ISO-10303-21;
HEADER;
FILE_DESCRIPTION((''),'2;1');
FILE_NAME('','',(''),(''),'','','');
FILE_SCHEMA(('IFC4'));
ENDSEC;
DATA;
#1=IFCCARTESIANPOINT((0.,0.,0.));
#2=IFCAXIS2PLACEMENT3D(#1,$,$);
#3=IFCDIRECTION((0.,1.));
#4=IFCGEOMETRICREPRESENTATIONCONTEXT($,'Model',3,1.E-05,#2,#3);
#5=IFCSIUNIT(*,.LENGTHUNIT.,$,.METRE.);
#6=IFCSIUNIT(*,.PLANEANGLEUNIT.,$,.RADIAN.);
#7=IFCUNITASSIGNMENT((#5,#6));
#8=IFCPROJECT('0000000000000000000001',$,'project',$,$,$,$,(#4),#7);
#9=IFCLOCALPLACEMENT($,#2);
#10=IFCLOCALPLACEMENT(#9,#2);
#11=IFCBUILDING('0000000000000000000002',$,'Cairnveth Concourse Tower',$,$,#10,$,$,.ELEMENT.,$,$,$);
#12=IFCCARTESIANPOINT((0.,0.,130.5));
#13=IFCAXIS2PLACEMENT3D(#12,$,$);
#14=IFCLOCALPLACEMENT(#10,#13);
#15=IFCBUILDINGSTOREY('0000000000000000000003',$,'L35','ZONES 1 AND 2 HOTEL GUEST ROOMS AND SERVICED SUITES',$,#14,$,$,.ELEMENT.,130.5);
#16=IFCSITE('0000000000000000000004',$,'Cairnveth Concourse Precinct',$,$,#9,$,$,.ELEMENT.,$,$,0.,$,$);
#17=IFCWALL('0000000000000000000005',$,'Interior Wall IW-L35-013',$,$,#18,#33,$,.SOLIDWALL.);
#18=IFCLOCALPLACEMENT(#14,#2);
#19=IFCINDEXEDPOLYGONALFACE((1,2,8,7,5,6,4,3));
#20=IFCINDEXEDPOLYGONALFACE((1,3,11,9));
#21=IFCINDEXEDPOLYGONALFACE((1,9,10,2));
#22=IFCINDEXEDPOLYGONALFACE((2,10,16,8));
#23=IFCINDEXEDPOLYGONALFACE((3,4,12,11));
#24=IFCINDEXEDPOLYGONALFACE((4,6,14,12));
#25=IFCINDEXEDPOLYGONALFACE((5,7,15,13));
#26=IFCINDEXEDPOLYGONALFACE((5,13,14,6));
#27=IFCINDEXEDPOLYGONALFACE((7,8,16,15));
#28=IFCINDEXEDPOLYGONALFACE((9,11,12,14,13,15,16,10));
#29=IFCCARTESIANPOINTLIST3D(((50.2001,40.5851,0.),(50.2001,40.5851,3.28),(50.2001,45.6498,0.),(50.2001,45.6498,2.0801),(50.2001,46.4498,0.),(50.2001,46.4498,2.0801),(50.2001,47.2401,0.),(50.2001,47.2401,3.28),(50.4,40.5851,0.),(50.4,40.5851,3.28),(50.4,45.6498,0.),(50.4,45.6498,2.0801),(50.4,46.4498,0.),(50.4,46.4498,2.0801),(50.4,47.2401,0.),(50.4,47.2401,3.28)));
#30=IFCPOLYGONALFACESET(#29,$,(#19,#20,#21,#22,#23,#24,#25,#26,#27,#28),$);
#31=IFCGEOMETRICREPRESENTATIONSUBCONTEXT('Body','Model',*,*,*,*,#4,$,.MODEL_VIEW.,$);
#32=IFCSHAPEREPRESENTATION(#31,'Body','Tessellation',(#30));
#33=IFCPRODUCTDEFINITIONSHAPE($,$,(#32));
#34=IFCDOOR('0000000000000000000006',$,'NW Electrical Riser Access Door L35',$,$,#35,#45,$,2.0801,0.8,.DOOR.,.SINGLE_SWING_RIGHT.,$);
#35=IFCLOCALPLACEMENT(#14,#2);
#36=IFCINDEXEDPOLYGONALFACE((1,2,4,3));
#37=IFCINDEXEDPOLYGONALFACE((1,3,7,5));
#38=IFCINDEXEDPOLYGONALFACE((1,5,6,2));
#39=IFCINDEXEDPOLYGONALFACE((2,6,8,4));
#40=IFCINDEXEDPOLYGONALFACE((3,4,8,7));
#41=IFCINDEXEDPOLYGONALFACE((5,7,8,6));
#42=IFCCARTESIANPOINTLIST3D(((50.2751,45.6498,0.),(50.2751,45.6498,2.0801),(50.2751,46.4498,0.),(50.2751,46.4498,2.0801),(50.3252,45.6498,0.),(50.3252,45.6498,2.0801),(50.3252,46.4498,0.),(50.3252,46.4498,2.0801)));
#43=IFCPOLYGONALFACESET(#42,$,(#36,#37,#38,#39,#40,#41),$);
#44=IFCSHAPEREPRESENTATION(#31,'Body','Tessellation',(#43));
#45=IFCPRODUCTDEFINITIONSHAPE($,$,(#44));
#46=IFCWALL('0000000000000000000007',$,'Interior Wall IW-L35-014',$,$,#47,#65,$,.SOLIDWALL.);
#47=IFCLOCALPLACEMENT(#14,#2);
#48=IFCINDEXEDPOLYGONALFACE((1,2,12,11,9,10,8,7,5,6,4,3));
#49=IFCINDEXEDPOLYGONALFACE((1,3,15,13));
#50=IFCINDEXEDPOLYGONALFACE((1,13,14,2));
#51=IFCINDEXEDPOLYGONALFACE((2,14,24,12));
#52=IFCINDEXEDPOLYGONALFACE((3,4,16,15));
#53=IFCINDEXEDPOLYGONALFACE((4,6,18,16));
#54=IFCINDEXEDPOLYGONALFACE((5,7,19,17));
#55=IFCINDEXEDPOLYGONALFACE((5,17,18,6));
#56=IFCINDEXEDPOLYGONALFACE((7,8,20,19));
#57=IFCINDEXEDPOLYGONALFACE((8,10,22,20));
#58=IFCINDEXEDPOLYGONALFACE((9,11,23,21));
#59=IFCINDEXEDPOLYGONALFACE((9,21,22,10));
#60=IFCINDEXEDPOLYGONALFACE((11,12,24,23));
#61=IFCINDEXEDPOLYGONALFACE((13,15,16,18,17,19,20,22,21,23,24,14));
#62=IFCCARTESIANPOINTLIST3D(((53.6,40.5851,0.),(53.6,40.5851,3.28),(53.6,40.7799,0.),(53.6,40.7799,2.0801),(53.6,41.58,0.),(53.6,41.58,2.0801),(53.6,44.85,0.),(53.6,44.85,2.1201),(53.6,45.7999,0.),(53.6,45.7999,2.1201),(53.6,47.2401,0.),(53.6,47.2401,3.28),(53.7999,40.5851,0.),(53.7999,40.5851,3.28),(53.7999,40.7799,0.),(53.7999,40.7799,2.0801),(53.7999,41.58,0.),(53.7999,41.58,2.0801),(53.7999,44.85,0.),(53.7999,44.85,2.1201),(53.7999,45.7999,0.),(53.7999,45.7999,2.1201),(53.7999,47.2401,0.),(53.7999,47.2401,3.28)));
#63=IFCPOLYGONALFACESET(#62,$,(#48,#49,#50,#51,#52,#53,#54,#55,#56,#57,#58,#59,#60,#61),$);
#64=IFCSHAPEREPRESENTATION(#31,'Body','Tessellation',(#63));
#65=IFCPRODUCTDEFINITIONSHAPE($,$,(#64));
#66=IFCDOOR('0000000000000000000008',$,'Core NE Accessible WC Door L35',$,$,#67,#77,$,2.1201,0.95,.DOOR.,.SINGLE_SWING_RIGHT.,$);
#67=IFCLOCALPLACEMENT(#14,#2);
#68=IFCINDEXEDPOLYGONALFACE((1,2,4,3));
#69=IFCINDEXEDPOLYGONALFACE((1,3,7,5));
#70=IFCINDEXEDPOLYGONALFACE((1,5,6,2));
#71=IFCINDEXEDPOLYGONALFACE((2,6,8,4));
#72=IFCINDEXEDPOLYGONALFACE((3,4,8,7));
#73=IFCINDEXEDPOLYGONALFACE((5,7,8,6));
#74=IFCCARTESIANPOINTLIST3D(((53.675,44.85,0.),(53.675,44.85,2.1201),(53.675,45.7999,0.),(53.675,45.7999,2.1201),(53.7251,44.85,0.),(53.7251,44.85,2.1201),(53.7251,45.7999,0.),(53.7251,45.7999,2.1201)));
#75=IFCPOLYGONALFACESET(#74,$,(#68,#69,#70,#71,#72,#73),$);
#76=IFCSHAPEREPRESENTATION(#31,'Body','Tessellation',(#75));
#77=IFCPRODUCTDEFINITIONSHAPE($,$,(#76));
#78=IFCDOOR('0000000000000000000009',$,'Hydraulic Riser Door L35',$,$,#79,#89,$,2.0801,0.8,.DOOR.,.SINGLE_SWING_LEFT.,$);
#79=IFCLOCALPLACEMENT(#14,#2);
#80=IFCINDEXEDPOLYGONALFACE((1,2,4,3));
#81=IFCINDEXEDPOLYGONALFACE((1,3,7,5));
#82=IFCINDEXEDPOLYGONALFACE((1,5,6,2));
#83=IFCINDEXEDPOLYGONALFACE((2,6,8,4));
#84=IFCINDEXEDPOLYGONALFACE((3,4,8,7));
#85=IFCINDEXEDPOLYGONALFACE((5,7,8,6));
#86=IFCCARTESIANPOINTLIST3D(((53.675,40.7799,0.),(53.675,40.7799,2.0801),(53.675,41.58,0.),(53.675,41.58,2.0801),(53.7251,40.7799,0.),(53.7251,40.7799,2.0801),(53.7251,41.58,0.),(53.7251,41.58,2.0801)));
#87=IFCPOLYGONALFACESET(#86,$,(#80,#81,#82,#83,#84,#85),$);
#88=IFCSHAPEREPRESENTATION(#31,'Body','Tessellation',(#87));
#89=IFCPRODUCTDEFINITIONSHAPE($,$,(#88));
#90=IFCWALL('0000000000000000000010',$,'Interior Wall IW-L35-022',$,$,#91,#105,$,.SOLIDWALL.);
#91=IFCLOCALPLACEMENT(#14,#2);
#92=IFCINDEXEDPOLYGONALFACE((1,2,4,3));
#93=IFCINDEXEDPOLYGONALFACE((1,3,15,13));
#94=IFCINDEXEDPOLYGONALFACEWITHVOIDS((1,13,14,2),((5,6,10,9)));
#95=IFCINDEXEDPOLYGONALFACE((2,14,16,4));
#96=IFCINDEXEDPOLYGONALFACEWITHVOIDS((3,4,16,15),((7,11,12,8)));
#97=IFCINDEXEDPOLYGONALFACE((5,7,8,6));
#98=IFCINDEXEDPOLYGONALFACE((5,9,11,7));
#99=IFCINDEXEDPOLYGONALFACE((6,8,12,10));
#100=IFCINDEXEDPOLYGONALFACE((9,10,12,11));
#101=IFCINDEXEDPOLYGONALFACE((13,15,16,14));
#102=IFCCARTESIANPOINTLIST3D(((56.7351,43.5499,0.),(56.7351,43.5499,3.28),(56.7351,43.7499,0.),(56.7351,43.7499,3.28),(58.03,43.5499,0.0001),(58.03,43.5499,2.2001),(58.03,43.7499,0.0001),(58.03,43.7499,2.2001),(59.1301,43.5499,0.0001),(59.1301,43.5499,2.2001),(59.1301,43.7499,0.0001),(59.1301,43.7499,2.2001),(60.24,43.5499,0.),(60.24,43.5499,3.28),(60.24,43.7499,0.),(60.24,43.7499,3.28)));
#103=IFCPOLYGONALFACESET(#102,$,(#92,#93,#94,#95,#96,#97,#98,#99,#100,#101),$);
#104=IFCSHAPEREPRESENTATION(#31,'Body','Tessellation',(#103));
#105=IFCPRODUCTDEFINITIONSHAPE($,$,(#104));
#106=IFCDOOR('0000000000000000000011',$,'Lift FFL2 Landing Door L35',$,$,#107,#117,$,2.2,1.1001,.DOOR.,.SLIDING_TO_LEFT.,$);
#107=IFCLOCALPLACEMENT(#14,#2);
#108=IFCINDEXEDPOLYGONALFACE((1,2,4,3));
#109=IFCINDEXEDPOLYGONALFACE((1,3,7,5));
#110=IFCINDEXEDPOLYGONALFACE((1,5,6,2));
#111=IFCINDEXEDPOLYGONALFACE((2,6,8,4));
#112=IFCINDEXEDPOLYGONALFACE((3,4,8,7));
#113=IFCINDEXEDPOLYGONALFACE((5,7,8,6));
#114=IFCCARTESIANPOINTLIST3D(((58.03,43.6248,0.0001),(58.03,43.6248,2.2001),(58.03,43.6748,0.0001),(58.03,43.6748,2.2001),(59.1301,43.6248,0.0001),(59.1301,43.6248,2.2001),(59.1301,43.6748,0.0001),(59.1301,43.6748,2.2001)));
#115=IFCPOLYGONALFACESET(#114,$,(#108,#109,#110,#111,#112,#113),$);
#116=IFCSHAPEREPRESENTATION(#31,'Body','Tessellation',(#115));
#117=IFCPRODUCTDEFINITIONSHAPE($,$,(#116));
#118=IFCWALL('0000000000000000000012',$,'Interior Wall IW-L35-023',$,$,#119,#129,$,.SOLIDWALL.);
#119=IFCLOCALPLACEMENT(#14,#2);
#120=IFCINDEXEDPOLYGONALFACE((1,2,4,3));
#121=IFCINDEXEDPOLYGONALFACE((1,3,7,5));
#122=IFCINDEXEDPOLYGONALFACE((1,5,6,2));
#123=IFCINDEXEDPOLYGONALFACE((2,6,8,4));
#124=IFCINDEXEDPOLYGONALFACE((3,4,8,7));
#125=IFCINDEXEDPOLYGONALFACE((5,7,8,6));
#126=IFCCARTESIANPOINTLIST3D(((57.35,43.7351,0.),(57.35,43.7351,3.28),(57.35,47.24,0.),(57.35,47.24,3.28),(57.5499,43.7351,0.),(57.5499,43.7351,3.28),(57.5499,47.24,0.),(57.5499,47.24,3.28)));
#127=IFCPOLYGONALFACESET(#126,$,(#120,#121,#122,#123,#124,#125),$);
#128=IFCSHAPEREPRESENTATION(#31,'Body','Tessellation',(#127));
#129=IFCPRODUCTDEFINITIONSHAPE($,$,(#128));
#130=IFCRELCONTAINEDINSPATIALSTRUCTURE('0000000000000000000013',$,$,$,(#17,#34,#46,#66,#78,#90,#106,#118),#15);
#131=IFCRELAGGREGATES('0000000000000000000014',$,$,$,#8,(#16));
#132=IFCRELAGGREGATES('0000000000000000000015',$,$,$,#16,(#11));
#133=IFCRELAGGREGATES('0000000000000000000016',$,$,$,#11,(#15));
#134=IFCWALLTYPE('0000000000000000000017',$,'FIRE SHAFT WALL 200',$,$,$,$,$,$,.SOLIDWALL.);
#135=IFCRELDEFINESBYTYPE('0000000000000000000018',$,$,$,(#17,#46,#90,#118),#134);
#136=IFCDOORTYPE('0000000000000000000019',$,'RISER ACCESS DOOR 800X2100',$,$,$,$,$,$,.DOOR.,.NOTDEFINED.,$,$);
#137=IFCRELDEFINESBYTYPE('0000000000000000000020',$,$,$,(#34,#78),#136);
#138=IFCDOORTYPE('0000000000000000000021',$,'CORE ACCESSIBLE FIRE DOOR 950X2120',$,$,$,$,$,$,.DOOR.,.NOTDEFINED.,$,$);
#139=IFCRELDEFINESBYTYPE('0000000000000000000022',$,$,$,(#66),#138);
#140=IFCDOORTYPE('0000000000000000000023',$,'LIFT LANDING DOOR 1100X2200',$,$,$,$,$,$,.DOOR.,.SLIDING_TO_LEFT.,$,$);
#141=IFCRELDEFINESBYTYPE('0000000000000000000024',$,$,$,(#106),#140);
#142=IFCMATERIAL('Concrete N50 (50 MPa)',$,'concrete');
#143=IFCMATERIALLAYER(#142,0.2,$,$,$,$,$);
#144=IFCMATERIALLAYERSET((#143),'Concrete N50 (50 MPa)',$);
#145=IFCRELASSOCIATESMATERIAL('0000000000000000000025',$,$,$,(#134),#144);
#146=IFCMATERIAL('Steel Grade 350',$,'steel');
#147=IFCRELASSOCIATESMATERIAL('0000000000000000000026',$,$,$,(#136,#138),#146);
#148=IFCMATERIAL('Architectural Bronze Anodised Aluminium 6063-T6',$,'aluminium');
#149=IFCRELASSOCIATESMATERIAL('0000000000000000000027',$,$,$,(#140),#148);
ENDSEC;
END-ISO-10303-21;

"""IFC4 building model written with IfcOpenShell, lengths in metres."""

from ifc_helpers import new_model, si_unit, direction, frame, frame_2d, origin, place, context, subcontext, project, spatial, rectangle, extrude, material, layer, layer_set, type_object, element, fill, save


model = new_model("IFC4")

# Units and contexts
model_context = context("Model", 3, precision=1e-05, world=origin(), true_north=direction((0.0, 1.0)))
body_context = subcontext(model_context, "Body", "Model", "MODEL_VIEW")
ifc_project = project(units=[si_unit("LENGTHUNIT", "METRE"), si_unit("PLANEANGLEUNIT", "RADIAN")], contexts=[model_context])

# Site, building, storey
site_placement = place(None, origin())
site = spatial("IfcSite", under=ifc_project, at=site_placement, Name="Cairnveth Concourse Precinct", CompositionType="ELEMENT", RefElevation=0.0)
building_placement = place(site_placement, origin())
building = spatial("IfcBuilding", under=site, at=building_placement, Name="Cairnveth Concourse Tower", CompositionType="ELEMENT")
storey_placement = place(building_placement, frame((0.0, 0.0, 130.5)))
storey = spatial("IfcBuildingStorey", under=building, at=storey_placement, Name="L35", Description="ZONES 1 AND 2 HOTEL GUEST ROOMS AND SERVICED SUITES", CompositionType="ELEMENT", Elevation=130.5)

# Shared definitions
ifc_material_1 = material(Name="Steel Grade 350", Category="steel")

# Shared definitions
ifc_material_2 = material(Name="Concrete N50 (50 MPa)", Category="concrete")

# Shared definitions
ifc_layer_1 = layer(ifc_material_2, 0.2)
ifc_layer_set_1 = layer_set([ifc_layer_1], Name="Concrete N50 (50 MPa)")
wall_type_1 = type_object("IfcWallType", Name="FIRE SHAFT WALL 200", PredefinedType="SOLIDWALL", material=ifc_layer_set_1)

# Wall, opening, door
wall_1_placement = place(storey_placement, frame((50.3, 40.585, 0.0), z_axis=(0.0, 0.0, 1.0), x_axis=(0.0, 1.0, 0.0)))
wall_1 = element("IfcWall", 1, at=wall_1_placement, inside=storey, type_object=wall_type_1, Name="Interior Wall IW-L35-013", PredefinedType="SOLIDWALL", context=body_context, shape_type="SweptSolid", body=[
    extrude(rectangle(XDim=6.655, YDim=0.2, at=frame_2d((3.3276, 0.0))), origin(), (0.0, 0.0, 1.0), 3.28),
])
opening_1_placement = place(wall_1_placement, frame((5.0649, 0.0, 0.0)))
opening_1 = element("IfcOpeningElement", 2, at=opening_1_placement, cuts=wall_1, PredefinedType="OPENING", context=body_context, shape_type="SweptSolid", body=[
    extrude(rectangle(XDim=0.8, YDim=2.0801, at=frame_2d((0.3999, 1.04))), frame((0.0, 0.1099, 0.0), z_axis=(0.0, -1.0, 0.0), x_axis=(1.0, 0.0, 0.0)), (0.0, 0.0, 1.0), 0.22),
])
door_type_1 = type_object("IfcDoorType", Name="RISER ACCESS DOOR 800X2100", OperationType="NOTDEFINED", PredefinedType="DOOR", material=ifc_material_1)
door_1_placement = place(opening_1_placement, origin())
door_1 = element("IfcDoor", 3, at=door_1_placement, inside=storey, type_object=door_type_1, Name="NW Electrical Riser Access Door L35", OperationType="SINGLE_SWING_RIGHT", OverallHeight=2.0801, OverallWidth=0.8, PredefinedType="DOOR", context=body_context, shape_type="SweptSolid", body=[
    extrude(rectangle(XDim=0.8, YDim=2.0801, at=frame_2d((0.3999, 1.04))), frame((0.0, 0.0249, 0.0), z_axis=(0.0, -1.0, 0.0), x_axis=(1.0, 0.0, 0.0)), (0.0, 0.0, 1.0), 0.05),
])
fill(opening_1, door_1)

# Wall, openings, doors
wall_2_placement = place(storey_placement, frame((53.7, 40.585, 0.0), z_axis=(0.0, 0.0, 1.0), x_axis=(0.0, 1.0, 0.0)))
wall_2 = element("IfcWall", 4, at=wall_2_placement, inside=storey, type_object=wall_type_1, Name="Interior Wall IW-L35-014", PredefinedType="SOLIDWALL", context=body_context, shape_type="SweptSolid", body=[
    extrude(rectangle(XDim=6.655, YDim=0.2, at=frame_2d((3.3276, 0.0))), origin(), (0.0, 0.0, 1.0), 3.28),
])
opening_2_placement = place(wall_2_placement, frame((0.1951, 0.0, 0.0)))
opening_2 = element("IfcOpeningElement", 5, at=opening_2_placement, cuts=wall_2, PredefinedType="OPENING", context=body_context, shape_type="SweptSolid", body=[
    extrude(rectangle(XDim=0.8, YDim=2.0801, at=frame_2d((0.3999, 1.04))), frame((0.0, 0.1099, 0.0), z_axis=(0.0, -1.0, 0.0), x_axis=(1.0, 0.0, 0.0)), (0.0, 0.0, 1.0), 0.22),
])
opening_3_placement = place(wall_2_placement, frame((4.2649, 0.0, 0.0)))
opening_3 = element("IfcOpeningElement", 6, at=opening_3_placement, cuts=wall_2, PredefinedType="OPENING", context=body_context, shape_type="SweptSolid", body=[
    extrude(rectangle(XDim=0.95, YDim=2.1201, at=frame_2d((0.4751, 1.0601))), frame((0.0, 0.1099, 0.0), z_axis=(0.0, -1.0, 0.0), x_axis=(1.0, 0.0, 0.0)), (0.0, 0.0, 1.0), 0.22),
])
door_type_2 = type_object("IfcDoorType", Name="CORE ACCESSIBLE FIRE DOOR 950X2120", OperationType="NOTDEFINED", PredefinedType="DOOR", material=ifc_material_1)
door_2_placement = place(opening_3_placement, origin())
door_2 = element("IfcDoor", 7, at=door_2_placement, inside=storey, type_object=door_type_2, Name="Core NE Accessible WC Door L35", OperationType="SINGLE_SWING_RIGHT", OverallHeight=2.1201, OverallWidth=0.95, PredefinedType="DOOR", context=body_context, shape_type="SweptSolid", body=[
    extrude(rectangle(XDim=0.95, YDim=2.1201, at=frame_2d((0.4751, 1.0601))), frame((0.0, 0.0249, 0.0), z_axis=(0.0, -1.0, 0.0), x_axis=(1.0, 0.0, 0.0)), (0.0, 0.0, 1.0), 0.05),
])
fill(opening_3, door_2)
door_3_placement = place(opening_2_placement, origin())
door_3 = element("IfcDoor", 8, at=door_3_placement, inside=storey, type_object=door_type_1, Name="Hydraulic Riser Door L35", OperationType="SINGLE_SWING_LEFT", OverallHeight=2.0801, OverallWidth=0.8, PredefinedType="DOOR", context=body_context, shape_type="SweptSolid", body=[
    extrude(rectangle(XDim=0.8, YDim=2.0801, at=frame_2d((0.3999, 1.04))), frame((0.0, 0.0249, 0.0), z_axis=(0.0, -1.0, 0.0), x_axis=(1.0, 0.0, 0.0)), (0.0, 0.0, 1.0), 0.05),
])
fill(opening_2, door_3)

# Wall, opening, door
wall_3_placement = place(storey_placement, frame((56.7351, 43.6499, 0.0), z_axis=(0.0, 0.0, 1.0), x_axis=(1.0, 0.0, 0.0)))
wall_3 = element("IfcWall", 9, at=wall_3_placement, inside=storey, type_object=wall_type_1, Name="Interior Wall IW-L35-022", PredefinedType="SOLIDWALL", context=body_context, shape_type="SweptSolid", body=[
    extrude(rectangle(XDim=3.5049, YDim=0.2, at=frame_2d((1.7524, 0.0))), origin(), (0.0, 0.0, 1.0), 3.28),
])
opening_4_placement = place(wall_3_placement, frame((1.2949, 0.0, 0.0)))
opening_4 = element("IfcOpeningElement", 10, at=opening_4_placement, cuts=wall_3, PredefinedType="OPENING", context=body_context, shape_type="SweptSolid", body=[
    extrude(rectangle(XDim=1.1001, YDim=2.2, at=frame_2d((0.55, 1.1001))), frame((0.0, 0.1099, 0.0), z_axis=(0.0, -1.0, 0.0), x_axis=(1.0, 0.0, 0.0)), (0.0, 0.0, 1.0), 0.22),
])
ifc_material_3 = material(Name="Architectural Bronze Anodised Aluminium 6063-T6", Category="aluminium")
door_type_3 = type_object("IfcDoorType", Name="LIFT LANDING DOOR 1100X2200", OperationType="SLIDING_TO_LEFT", PredefinedType="DOOR", material=ifc_material_3)
door_4_placement = place(opening_4_placement, origin())
door_4 = element("IfcDoor", 11, at=door_4_placement, inside=storey, type_object=door_type_3, Name="Lift FFL2 Landing Door L35", OperationType="SLIDING_TO_LEFT", OverallHeight=2.2, OverallWidth=1.1001, PredefinedType="DOOR", context=body_context, shape_type="SweptSolid", body=[
    extrude(rectangle(XDim=1.1001, YDim=2.2, at=frame_2d((0.55, 1.1001))), frame((0.0, 0.0249, 0.0), z_axis=(0.0, -1.0, 0.0), x_axis=(1.0, 0.0, 0.0)), (0.0, 0.0, 1.0), 0.05),
])
fill(opening_4, door_4)

# Wall
wall_4_placement = place(storey_placement, frame((57.45, 43.7351, 0.0), z_axis=(0.0, 0.0, 1.0), x_axis=(0.0, 1.0, 0.0)))
element("IfcWall", 12, at=wall_4_placement, inside=storey, type_object=wall_type_1, Name="Interior Wall IW-L35-023", PredefinedType="SOLIDWALL", context=body_context, shape_type="SweptSolid", body=[
    extrude(rectangle(XDim=3.5049, YDim=0.2, at=frame_2d((1.7524, 0.0))), origin(), (0.0, 0.0, 1.0), 3.28),
])

save(model, "model.ifc")
